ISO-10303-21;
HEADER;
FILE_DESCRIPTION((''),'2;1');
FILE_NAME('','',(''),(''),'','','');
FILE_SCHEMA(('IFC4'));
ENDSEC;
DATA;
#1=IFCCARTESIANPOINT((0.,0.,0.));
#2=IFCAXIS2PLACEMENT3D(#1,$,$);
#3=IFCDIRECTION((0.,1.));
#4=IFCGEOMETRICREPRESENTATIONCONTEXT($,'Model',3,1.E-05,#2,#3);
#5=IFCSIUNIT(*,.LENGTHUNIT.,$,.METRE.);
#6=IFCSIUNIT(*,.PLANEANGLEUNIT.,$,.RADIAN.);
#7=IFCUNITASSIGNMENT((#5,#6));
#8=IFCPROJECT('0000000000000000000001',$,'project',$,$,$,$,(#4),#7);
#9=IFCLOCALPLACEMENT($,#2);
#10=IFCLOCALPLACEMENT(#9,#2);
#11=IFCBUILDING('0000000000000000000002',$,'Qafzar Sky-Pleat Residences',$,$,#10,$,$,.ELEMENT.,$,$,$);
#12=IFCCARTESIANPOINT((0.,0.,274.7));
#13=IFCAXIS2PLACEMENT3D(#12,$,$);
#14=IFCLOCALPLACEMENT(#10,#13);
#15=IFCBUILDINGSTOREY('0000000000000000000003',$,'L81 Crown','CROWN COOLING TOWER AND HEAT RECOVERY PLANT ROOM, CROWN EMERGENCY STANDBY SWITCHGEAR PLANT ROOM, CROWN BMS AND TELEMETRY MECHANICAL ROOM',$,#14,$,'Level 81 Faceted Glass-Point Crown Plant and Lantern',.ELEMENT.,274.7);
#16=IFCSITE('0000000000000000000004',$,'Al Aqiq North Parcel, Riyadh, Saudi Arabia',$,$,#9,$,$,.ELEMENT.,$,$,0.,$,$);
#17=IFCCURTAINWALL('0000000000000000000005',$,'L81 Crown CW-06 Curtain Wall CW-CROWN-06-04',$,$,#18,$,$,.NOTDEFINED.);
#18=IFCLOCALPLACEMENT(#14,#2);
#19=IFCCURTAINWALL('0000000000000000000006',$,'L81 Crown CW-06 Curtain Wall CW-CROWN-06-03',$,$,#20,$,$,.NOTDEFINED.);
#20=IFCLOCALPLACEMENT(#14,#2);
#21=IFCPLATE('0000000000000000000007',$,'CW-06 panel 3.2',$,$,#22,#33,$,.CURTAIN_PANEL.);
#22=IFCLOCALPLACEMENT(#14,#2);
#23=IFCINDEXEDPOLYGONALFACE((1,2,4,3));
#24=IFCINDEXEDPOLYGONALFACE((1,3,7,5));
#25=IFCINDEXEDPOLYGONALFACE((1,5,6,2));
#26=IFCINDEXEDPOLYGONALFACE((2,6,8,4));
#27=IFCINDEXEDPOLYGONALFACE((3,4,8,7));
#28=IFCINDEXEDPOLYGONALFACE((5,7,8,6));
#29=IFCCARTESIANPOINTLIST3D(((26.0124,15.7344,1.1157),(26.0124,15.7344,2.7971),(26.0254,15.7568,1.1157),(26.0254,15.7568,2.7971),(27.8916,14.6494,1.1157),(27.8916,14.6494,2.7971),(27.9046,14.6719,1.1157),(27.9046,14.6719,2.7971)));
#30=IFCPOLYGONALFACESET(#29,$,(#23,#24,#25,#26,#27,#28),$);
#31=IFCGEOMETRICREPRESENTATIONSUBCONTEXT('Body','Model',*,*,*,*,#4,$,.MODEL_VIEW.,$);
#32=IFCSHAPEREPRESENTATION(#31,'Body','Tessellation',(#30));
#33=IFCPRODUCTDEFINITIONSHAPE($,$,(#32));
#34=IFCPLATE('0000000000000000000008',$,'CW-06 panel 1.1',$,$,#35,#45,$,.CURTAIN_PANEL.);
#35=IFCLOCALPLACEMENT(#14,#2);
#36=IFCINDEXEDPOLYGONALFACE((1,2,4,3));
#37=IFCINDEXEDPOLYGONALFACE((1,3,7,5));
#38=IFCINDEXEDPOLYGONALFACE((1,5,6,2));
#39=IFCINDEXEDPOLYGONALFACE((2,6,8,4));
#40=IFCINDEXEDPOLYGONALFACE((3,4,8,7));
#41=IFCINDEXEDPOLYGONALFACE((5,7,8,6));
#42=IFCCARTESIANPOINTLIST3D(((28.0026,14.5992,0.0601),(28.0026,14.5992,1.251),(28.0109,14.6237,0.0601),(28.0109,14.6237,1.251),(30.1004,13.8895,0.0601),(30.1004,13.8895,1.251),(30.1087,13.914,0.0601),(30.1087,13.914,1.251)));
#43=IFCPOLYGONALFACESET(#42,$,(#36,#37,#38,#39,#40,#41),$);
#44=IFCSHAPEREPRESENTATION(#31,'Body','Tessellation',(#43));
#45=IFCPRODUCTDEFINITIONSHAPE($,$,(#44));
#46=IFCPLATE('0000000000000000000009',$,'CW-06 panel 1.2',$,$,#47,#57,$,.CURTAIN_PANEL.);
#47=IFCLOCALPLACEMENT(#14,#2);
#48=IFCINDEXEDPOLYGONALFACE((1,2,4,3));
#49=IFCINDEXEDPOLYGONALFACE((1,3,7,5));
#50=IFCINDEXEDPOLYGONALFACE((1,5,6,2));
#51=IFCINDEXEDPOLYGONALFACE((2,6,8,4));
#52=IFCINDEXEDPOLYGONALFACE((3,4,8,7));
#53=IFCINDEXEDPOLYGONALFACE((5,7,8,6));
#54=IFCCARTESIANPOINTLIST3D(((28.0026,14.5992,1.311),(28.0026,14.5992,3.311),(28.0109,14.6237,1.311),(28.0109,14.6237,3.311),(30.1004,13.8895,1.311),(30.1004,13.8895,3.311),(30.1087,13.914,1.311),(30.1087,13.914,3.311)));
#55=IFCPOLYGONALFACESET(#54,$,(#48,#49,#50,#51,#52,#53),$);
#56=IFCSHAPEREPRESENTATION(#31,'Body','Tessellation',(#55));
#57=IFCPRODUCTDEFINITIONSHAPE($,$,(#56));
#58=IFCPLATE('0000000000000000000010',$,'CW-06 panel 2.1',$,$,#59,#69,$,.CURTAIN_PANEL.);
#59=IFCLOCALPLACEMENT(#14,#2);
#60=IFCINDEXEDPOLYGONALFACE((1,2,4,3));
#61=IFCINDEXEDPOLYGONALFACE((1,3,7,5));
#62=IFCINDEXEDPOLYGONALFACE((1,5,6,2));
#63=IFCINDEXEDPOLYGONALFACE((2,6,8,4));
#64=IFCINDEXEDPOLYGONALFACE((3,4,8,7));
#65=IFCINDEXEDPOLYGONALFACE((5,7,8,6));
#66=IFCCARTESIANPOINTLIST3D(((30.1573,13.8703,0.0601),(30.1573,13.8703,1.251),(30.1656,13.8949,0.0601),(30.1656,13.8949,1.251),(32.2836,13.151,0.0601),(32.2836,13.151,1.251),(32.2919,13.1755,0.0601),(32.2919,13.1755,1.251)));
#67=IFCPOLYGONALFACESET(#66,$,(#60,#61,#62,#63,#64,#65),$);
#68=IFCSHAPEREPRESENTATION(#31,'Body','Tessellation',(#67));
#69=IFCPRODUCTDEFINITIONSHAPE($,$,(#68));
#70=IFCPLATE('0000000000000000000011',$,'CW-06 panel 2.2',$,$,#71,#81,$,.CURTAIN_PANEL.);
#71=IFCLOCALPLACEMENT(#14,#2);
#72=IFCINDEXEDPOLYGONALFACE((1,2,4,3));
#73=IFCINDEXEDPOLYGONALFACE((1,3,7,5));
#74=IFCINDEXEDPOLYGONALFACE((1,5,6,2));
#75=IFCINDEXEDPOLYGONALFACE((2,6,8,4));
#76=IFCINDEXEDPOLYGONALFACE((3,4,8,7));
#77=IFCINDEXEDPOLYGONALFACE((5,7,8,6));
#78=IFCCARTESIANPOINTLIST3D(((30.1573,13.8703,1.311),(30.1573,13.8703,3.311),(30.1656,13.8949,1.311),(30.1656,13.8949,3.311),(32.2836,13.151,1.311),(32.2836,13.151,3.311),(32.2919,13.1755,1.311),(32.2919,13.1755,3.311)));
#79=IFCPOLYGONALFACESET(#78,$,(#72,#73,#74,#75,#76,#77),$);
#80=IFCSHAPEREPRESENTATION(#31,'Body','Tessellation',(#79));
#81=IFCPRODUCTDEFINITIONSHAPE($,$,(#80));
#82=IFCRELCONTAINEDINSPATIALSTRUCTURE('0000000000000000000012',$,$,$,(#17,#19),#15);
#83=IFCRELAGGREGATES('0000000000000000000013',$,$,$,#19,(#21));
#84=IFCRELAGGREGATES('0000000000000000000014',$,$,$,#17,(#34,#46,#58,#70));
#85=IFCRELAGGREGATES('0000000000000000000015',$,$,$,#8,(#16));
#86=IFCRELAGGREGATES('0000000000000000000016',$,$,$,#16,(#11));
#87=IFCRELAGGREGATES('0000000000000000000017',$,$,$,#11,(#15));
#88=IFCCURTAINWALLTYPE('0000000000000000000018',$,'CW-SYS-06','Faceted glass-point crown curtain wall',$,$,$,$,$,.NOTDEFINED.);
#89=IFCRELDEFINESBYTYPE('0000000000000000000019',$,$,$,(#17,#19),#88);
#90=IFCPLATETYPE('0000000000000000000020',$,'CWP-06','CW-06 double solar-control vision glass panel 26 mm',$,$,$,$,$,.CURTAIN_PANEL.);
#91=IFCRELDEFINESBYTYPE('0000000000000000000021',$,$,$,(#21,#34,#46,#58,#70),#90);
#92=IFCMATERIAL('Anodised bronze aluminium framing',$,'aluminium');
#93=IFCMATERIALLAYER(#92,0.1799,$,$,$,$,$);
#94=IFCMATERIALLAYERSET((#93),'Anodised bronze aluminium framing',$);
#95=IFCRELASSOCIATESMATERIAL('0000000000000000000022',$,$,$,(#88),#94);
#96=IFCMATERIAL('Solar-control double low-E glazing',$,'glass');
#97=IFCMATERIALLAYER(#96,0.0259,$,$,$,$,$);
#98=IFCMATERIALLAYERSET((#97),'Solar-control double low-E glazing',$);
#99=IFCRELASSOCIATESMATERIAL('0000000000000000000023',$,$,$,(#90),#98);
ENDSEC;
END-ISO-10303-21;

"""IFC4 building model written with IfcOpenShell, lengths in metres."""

from ifc_helpers import new_model, si_unit, direction, frame, origin, origin_2d, place, context, subcontext, project, spatial, rectangle, extrude, source, transform, mapped, material, layer, layer_set, type_object, element, aggregate, save


model = new_model("IFC4")

# Units and contexts
model_context = context("Model", 3, precision=1e-05, world=origin(), true_north=direction((0.0, 1.0)))
body_context = subcontext(model_context, "Body", "Model", "MODEL_VIEW")
ifc_project = project(units=[si_unit("LENGTHUNIT", "METRE"), si_unit("PLANEANGLEUNIT", "RADIAN")], contexts=[model_context])

# Site, building, storey
site_placement = place(None, origin())
site = spatial("IfcSite", under=ifc_project, at=site_placement, Name="Al Aqiq North Parcel, Riyadh, Saudi Arabia", CompositionType="ELEMENT", RefElevation=0.0)
building_placement = place(site_placement, origin())
building = spatial("IfcBuilding", under=site, at=building_placement, Name="Qafzar Sky-Pleat Residences", CompositionType="ELEMENT")
storey_placement = place(building_placement, frame((0.0, 0.0, 274.7)))
storey = spatial("IfcBuildingStorey", under=building, at=storey_placement, Name="L81 Crown", Description="CROWN COOLING TOWER AND HEAT RECOVERY PLANT ROOM, CROWN EMERGENCY STANDBY SWITCHGEAR PLANT ROOM, CROWN BMS AND TELEMETRY MECHANICAL ROOM", LongName="Level 81 Faceted Glass-Point Crown Plant and Lantern", CompositionType="ELEMENT", Elevation=274.7)

# Curtain walls
ifc_material_1 = material(Name="Anodised bronze aluminium framing", Category="aluminium")
ifc_layer_1 = layer(ifc_material_1, 0.1799)
ifc_layer_set_1 = layer_set([ifc_layer_1], Name="Anodised bronze aluminium framing")
curtain_wall_type = type_object("IfcCurtainWallType", Name="CW-SYS-06", Description="Faceted glass-point crown curtain wall", PredefinedType="NOTDEFINED", material=ifc_layer_set_1)
curtain_wall_1_placement = place(storey_placement, origin())
curtain_wall_1 = element("IfcCurtainWall", 1, at=curtain_wall_1_placement, inside=storey, type_object=curtain_wall_type, Name="L81 Crown CW-06 Curtain Wall CW-CROWN-06-04", PredefinedType="NOTDEFINED")
curtain_wall_2_placement = place(storey_placement, origin())
curtain_wall_2 = element("IfcCurtainWall", 2, at=curtain_wall_2_placement, inside=storey, type_object=curtain_wall_type, Name="L81 Crown CW-06 Curtain Wall CW-CROWN-06-03", PredefinedType="NOTDEFINED")

# Plates
ifc_material_2 = material(Name="Solar-control double low-E glazing", Category="glass")
ifc_layer_2 = layer(ifc_material_2, 0.0259)
ifc_layer_set_2 = layer_set([ifc_layer_2], Name="Solar-control double low-E glazing")
plate_type = type_object("IfcPlateType", Name="CWP-06", Description="CW-06 double solar-control vision glass panel 26 mm", PredefinedType="CURTAIN_PANEL", material=ifc_layer_set_2)
shared_shape_1 = source(origin(), body_context, "Body", "SweptSolid", [
    extrude(rectangle(XDim=2.1699, YDim=0.0259, at=origin_2d()), origin(), (0.0, 0.0, 1.0), 1.6814),
])
plate_1_placement = place(storey_placement, frame((26.9585, 15.2031, 1.1157), z_axis=(0.0, 0.0, 1.0), x_axis=(0.866028, -0.499996, 0.0)))
plate_1 = element("IfcPlate", 3, at=plate_1_placement, type_object=plate_type, Name="CW-06 panel 3.2", PredefinedType="CURTAIN_PANEL", context=body_context, shape_type="MappedRepresentation", body=[
    mapped(shared_shape_1, transform((0.0, 0.0, 0.0), x_axis=(1.0, 0.0, 0.0), y_axis=(0.0, 1.0, 0.0), z_axis=(0.0, 0.0, 1.0), scale=1.0)),
])
aggregate(curtain_wall_2, [plate_1])
shared_shape_2 = source(origin(), body_context, "Body", "SweptSolid", [
    extrude(rectangle(XDim=2.2146, YDim=0.0259, at=origin_2d()), origin(), (0.0, 0.0, 1.0), 1.1909),
])
plate_2_placement = place(storey_placement, frame((29.0557, 14.2566, 0.0601), z_axis=(0.0, 0.0, 1.0), x_axis=(0.947262, -0.32046, 0.0)))
plate_2 = element("IfcPlate", 4, at=plate_2_placement, type_object=plate_type, Name="CW-06 panel 1.1", PredefinedType="CURTAIN_PANEL", context=body_context, shape_type="MappedRepresentation", body=[
    mapped(shared_shape_2, transform((0.0, 0.0, 0.0), x_axis=(1.0, 0.0, 0.0), y_axis=(0.0, 1.0, 0.0), z_axis=(0.0, 0.0, 1.0), scale=1.0)),
])
shared_shape_3 = source(origin(), body_context, "Body", "SweptSolid", [
    extrude(rectangle(XDim=2.2146, YDim=0.0259, at=origin_2d()), origin(), (0.0, 0.0, 1.0), 2.0),
])
plate_3_placement = place(storey_placement, frame((29.0557, 14.2566, 1.311), z_axis=(0.0, 0.0, 1.0), x_axis=(0.947262, -0.32046, 0.0)))
plate_3 = element("IfcPlate", 5, at=plate_3_placement, type_object=plate_type, Name="CW-06 panel 1.2", PredefinedType="CURTAIN_PANEL", context=body_context, shape_type="MappedRepresentation", body=[
    mapped(shared_shape_3, transform((0.0, 0.0, 0.0), x_axis=(1.0, 0.0, 0.0), y_axis=(0.0, 1.0, 0.0), z_axis=(0.0, 0.0, 1.0), scale=1.0)),
])
shared_shape_4 = source(origin(), body_context, "Body", "SweptSolid", [
    extrude(rectangle(XDim=2.2446, YDim=0.0259, at=origin_2d()), origin(), (0.0, 0.0, 1.0), 1.1909),
])
plate_4_placement = place(storey_placement, frame((31.2246, 13.5229, 0.0601), z_axis=(0.0, 0.0, 1.0), x_axis=(0.947262, -0.32046, 0.0)))
plate_4 = element("IfcPlate", 6, at=plate_4_placement, type_object=plate_type, Name="CW-06 panel 2.1", PredefinedType="CURTAIN_PANEL", context=body_context, shape_type="MappedRepresentation", body=[
    mapped(shared_shape_4, transform((0.0, 0.0, 0.0), x_axis=(1.0, 0.0, 0.0), y_axis=(0.0, 1.0, 0.0), z_axis=(0.0, 0.0, 1.0), scale=1.0)),
])
shared_shape_5 = source(origin(), body_context, "Body", "SweptSolid", [
    extrude(rectangle(XDim=2.2446, YDim=0.0259, at=origin_2d()), origin(), (0.0, 0.0, 1.0), 2.0),
])
plate_5_placement = place(storey_placement, frame((31.2246, 13.5229, 1.311), z_axis=(0.0, 0.0, 1.0), x_axis=(0.947262, -0.32046, 0.0)))
plate_5 = element("IfcPlate", 7, at=plate_5_placement, type_object=plate_type, Name="CW-06 panel 2.2", PredefinedType="CURTAIN_PANEL", context=body_context, shape_type="MappedRepresentation", body=[
    mapped(shared_shape_5, transform((0.0, 0.0, 0.0), x_axis=(1.0, 0.0, 0.0), y_axis=(0.0, 1.0, 0.0), z_axis=(0.0, 0.0, 1.0), scale=1.0)),
])
aggregate(curtain_wall_1, [plate_2, plate_3, plate_4, plate_5])

save(model, "model.ifc")
